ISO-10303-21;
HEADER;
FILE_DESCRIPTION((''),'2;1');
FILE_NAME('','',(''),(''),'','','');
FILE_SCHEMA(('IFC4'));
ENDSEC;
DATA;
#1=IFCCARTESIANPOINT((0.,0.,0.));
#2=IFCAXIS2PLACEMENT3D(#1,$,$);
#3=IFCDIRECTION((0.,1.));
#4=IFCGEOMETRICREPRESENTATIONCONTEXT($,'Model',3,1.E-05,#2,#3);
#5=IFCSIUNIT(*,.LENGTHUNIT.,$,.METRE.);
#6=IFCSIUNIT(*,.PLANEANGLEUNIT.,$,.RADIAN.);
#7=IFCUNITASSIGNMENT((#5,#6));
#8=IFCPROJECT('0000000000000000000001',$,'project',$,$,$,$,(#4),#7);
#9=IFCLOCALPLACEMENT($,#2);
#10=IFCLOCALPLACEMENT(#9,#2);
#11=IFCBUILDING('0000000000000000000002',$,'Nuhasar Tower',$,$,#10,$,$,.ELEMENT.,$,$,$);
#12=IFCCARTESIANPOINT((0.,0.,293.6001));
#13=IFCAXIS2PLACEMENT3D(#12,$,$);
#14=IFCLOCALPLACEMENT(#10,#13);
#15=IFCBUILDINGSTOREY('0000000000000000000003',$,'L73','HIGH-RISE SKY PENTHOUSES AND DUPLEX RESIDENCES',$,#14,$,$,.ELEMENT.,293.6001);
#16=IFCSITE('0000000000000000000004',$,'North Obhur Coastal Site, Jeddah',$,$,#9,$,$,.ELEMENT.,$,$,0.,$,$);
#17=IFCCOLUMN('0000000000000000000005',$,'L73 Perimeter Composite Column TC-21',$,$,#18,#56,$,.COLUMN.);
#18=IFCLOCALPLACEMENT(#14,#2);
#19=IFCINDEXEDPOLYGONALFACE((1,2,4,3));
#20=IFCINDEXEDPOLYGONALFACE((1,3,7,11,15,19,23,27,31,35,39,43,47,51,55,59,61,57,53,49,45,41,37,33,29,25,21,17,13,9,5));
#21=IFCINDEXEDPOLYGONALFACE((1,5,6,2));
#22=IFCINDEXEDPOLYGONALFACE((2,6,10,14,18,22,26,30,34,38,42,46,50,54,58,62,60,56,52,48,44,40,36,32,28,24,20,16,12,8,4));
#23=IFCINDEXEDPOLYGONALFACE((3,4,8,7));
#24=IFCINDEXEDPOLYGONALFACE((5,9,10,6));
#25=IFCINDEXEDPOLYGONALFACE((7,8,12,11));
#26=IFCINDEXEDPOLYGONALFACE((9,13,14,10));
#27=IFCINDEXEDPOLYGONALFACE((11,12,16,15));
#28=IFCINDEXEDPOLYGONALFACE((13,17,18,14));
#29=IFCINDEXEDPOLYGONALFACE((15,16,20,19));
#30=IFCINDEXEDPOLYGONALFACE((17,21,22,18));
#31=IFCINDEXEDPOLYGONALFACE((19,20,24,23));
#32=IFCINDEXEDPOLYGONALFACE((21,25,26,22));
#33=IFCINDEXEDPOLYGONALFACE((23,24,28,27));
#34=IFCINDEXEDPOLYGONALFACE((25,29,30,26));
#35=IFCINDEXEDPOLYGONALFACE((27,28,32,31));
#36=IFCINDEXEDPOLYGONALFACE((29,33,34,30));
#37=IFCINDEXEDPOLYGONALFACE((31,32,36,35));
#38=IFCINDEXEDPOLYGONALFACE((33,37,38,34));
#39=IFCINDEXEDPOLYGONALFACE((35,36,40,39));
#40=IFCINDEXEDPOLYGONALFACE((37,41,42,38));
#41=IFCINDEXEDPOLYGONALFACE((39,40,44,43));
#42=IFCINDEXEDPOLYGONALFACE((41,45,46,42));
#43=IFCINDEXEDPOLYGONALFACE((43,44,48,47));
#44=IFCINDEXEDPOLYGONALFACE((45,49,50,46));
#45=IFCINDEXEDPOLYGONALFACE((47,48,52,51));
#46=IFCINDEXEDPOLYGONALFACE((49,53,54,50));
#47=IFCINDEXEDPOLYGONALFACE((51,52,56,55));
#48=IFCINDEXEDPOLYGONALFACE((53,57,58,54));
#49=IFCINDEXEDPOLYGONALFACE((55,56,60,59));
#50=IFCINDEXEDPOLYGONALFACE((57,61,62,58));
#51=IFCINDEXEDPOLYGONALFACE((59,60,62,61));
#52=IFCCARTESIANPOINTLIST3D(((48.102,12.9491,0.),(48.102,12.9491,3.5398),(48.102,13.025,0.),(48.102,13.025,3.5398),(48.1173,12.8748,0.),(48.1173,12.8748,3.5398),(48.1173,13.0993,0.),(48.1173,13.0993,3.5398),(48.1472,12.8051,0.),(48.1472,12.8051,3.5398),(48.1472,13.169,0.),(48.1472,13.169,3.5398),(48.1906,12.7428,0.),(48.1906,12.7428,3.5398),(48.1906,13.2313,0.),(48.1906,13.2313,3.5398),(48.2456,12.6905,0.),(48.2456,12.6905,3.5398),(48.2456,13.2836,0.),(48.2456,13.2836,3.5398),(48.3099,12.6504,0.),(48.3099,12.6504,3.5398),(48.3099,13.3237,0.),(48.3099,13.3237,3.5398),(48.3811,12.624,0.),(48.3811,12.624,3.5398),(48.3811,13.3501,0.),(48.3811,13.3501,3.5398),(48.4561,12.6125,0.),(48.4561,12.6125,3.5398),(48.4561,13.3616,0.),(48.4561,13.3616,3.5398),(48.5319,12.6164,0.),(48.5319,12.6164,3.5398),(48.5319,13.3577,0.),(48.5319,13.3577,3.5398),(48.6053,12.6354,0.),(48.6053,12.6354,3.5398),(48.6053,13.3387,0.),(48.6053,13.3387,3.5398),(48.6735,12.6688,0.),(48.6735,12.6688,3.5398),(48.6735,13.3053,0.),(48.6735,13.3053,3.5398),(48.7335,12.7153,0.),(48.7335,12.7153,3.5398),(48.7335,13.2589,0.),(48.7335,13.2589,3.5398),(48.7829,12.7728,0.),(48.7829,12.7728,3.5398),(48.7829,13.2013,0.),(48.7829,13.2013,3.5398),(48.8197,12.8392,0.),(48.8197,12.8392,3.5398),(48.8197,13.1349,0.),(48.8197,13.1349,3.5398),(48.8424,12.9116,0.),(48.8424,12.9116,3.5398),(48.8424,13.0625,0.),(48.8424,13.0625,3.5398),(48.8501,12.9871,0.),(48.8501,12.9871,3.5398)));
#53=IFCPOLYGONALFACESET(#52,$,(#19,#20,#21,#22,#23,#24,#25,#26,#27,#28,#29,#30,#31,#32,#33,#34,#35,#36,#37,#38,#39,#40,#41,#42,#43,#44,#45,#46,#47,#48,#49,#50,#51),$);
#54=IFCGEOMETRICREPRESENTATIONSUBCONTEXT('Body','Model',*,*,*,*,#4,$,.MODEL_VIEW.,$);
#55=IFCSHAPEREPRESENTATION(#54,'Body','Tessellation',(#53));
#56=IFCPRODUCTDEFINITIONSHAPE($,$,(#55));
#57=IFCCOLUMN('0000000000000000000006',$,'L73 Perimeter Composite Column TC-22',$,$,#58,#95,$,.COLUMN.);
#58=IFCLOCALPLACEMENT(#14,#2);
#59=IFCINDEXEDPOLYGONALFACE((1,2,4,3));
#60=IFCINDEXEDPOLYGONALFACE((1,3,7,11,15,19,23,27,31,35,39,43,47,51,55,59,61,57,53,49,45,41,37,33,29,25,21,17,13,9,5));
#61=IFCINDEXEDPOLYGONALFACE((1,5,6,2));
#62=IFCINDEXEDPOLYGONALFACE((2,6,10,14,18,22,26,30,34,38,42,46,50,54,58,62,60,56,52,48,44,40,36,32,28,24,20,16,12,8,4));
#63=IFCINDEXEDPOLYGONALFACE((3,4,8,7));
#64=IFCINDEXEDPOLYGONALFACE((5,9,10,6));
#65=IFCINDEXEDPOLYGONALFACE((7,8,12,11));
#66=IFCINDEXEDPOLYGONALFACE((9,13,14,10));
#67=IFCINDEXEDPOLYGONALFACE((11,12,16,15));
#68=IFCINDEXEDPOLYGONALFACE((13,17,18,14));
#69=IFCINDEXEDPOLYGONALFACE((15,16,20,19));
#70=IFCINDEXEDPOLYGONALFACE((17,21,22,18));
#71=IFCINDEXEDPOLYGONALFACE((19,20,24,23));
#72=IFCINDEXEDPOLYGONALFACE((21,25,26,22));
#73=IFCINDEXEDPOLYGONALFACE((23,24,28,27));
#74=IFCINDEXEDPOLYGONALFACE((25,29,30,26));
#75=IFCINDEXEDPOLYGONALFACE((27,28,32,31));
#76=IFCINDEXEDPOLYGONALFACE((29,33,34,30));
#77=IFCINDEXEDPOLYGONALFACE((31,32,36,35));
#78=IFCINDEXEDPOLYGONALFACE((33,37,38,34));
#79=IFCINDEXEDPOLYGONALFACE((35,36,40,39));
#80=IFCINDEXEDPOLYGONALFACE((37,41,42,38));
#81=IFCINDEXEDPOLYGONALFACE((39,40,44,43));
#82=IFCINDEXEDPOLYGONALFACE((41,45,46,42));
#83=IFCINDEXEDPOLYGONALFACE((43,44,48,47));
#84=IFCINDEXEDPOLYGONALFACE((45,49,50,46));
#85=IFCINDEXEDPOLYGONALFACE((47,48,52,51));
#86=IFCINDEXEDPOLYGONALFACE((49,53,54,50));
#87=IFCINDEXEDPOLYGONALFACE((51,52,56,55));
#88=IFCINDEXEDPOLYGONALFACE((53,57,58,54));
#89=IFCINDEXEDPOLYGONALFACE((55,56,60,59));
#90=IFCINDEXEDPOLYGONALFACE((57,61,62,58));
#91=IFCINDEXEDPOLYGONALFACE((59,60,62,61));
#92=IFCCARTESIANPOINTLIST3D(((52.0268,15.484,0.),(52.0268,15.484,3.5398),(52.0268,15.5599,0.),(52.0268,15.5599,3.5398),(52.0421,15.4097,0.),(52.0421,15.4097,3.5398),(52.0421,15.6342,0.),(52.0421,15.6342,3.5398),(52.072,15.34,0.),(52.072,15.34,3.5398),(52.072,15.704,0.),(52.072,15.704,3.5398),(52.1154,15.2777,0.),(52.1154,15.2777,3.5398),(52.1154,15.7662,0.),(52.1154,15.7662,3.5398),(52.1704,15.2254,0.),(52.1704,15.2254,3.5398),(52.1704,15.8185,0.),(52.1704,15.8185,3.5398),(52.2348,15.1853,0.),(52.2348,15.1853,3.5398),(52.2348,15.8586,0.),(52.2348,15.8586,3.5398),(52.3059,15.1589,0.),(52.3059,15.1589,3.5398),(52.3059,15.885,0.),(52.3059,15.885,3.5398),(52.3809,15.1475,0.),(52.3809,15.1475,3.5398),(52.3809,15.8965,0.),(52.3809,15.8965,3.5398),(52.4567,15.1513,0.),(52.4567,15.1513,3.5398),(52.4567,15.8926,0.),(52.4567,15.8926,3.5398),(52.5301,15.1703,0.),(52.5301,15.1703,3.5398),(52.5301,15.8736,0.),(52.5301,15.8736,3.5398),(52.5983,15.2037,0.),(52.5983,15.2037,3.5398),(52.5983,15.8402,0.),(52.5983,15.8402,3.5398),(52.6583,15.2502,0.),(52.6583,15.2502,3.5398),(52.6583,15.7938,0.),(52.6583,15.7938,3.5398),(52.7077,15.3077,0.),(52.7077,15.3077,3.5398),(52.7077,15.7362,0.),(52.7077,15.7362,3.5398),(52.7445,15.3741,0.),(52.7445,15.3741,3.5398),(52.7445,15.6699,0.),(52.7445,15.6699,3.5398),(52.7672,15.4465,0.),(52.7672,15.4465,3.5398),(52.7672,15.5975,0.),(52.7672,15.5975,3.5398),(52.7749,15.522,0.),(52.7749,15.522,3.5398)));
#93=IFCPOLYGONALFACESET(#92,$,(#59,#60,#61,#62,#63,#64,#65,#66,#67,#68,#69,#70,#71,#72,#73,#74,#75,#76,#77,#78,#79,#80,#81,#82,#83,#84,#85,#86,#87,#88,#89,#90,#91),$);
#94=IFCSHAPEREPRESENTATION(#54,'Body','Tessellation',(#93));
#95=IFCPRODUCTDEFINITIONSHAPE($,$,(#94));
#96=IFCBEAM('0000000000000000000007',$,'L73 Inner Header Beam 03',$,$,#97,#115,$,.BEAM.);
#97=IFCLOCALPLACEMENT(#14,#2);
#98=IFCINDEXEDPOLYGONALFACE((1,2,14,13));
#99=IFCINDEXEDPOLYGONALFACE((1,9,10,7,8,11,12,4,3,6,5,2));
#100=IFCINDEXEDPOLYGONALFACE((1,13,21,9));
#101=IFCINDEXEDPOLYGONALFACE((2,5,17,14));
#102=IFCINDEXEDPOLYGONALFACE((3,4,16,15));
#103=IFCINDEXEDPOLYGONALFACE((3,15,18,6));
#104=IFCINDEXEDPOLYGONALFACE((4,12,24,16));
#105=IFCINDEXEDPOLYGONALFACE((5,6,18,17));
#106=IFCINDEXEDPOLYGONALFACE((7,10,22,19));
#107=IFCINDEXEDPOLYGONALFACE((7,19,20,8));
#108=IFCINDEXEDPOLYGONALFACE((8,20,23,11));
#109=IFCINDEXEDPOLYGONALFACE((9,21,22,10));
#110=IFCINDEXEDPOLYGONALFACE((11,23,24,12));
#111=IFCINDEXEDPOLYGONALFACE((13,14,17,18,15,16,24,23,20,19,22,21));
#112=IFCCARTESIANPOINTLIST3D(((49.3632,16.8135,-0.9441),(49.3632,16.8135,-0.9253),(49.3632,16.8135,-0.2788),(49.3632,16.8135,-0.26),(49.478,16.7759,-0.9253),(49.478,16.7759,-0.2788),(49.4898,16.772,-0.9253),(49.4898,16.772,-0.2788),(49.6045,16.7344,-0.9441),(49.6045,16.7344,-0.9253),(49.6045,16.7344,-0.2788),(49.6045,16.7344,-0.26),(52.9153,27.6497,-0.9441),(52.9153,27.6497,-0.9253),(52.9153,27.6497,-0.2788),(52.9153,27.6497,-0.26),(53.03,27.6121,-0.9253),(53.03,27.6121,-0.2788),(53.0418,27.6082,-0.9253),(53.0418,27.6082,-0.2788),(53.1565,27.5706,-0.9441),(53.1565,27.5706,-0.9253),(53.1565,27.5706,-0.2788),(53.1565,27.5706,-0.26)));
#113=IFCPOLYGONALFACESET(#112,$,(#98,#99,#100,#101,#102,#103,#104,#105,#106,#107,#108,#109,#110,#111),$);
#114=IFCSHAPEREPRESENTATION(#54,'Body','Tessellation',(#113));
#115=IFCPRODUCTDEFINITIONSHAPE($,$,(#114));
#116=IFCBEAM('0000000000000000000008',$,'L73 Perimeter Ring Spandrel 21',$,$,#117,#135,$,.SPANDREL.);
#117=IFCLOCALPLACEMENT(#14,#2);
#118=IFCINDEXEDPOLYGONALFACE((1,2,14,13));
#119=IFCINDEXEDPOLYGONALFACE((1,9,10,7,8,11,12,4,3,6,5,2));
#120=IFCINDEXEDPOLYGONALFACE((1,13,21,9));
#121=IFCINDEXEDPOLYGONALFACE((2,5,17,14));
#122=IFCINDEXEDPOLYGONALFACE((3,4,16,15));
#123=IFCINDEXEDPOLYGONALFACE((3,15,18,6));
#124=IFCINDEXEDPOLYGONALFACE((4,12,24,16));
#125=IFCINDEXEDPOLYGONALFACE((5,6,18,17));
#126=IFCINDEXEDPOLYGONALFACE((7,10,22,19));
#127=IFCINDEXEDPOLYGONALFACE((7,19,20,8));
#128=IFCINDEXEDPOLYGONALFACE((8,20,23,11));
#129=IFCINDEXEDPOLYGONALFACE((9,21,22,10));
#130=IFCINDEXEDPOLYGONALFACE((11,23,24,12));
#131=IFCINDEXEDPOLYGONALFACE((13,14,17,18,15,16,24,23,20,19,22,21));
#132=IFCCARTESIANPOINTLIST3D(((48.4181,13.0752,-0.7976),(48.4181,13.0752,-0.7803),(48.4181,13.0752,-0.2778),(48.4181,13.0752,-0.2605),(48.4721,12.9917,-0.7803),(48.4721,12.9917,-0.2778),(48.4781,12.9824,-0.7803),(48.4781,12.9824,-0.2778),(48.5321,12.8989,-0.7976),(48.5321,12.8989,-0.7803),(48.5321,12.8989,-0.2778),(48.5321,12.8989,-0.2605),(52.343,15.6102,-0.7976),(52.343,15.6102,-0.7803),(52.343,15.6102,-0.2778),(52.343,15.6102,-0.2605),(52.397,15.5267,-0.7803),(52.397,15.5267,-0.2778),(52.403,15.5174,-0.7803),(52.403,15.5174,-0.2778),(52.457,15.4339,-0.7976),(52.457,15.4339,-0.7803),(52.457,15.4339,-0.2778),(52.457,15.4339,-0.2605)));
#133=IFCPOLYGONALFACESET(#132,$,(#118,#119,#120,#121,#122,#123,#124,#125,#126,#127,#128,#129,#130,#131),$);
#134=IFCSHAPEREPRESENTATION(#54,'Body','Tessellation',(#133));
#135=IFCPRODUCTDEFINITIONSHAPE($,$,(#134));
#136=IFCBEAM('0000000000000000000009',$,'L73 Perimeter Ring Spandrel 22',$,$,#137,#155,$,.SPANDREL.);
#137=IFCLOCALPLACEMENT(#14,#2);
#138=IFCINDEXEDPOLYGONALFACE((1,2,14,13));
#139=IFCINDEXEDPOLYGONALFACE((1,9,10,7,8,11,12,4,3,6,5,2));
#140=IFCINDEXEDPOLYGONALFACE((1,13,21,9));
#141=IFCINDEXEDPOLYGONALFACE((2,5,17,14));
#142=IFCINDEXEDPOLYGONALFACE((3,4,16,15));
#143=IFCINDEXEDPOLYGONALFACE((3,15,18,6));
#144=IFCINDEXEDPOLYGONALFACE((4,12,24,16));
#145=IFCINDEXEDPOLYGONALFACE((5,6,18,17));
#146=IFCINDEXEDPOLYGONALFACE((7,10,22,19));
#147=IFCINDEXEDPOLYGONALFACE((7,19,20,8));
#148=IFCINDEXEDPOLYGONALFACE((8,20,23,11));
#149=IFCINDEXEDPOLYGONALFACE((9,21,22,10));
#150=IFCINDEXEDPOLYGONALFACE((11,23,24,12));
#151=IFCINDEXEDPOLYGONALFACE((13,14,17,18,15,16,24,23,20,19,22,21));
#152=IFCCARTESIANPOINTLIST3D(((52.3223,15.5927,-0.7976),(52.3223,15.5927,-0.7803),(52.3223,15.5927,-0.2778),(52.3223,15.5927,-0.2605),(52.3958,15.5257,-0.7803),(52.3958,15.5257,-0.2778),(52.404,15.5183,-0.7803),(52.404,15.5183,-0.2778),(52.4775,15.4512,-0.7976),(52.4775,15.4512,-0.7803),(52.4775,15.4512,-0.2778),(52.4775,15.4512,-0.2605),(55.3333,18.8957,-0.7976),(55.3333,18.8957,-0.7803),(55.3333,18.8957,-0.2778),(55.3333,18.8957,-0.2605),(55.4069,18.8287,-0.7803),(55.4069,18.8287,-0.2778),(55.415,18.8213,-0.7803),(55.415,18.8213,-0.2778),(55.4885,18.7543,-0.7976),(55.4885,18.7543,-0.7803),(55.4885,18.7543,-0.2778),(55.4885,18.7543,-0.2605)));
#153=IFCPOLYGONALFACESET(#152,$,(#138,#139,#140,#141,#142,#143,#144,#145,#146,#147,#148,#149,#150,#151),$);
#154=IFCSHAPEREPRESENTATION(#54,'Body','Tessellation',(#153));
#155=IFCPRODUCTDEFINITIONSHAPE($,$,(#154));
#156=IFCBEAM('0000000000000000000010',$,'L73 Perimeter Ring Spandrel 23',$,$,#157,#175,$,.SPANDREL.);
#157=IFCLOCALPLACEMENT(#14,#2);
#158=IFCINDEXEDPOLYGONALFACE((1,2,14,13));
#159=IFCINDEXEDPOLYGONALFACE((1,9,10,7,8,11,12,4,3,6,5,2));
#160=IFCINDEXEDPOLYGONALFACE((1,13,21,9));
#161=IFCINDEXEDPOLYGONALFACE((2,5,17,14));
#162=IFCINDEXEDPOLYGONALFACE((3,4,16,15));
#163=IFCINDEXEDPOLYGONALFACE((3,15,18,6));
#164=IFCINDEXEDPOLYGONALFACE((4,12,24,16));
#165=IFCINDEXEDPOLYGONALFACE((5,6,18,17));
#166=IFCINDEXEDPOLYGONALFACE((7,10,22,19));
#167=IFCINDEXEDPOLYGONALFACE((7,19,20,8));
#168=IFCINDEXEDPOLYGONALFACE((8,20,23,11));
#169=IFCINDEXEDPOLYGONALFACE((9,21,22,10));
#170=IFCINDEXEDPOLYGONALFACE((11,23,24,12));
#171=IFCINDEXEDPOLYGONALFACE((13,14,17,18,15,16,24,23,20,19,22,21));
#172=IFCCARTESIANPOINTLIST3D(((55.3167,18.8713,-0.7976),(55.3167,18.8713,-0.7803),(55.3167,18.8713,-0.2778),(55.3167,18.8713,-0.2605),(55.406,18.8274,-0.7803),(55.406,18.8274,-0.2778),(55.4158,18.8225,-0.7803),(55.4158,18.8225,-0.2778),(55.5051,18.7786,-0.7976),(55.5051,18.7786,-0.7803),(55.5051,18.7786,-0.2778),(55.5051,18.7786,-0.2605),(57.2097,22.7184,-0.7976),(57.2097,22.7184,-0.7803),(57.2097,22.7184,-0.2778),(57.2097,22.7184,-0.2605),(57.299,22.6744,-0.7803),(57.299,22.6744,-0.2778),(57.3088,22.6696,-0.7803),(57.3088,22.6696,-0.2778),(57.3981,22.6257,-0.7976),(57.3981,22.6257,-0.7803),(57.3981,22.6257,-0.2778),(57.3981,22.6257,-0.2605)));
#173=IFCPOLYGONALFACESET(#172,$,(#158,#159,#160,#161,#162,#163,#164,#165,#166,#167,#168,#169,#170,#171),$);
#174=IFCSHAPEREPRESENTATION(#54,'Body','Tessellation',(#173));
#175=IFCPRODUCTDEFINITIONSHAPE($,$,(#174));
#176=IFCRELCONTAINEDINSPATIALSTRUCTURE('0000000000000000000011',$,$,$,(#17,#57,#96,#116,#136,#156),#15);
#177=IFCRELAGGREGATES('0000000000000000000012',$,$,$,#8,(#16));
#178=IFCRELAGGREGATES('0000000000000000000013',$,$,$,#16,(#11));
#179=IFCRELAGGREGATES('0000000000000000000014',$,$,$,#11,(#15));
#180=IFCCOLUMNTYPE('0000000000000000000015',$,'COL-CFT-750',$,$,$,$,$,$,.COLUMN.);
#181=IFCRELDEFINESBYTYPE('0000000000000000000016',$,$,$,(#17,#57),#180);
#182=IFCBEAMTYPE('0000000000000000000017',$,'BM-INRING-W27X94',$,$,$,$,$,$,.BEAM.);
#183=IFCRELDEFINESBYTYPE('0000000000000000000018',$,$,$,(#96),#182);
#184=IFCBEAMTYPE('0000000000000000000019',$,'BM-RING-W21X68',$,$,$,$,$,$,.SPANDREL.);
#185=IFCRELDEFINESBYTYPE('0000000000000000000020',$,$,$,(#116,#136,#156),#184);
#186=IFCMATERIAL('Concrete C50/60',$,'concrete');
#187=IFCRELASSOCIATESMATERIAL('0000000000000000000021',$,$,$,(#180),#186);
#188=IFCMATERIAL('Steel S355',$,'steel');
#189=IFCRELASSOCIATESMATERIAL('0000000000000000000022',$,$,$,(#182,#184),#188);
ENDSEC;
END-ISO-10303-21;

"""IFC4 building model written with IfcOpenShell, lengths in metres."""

from ifc_helpers import new_model, si_unit, direction, frame, origin, origin_2d, place, context, subcontext, project, spatial, circle, i_section, extrude, material, material_profile, profile_set, type_object, element, save


model = new_model("IFC4")

# Units and contexts
model_context = context("Model", 3, precision=1e-05, world=origin(), true_north=direction((0.0, 1.0)))
body_context = subcontext(model_context, "Body", "Model", "MODEL_VIEW")
ifc_project = project(units=[si_unit("LENGTHUNIT", "METRE"), si_unit("PLANEANGLEUNIT", "RADIAN")], contexts=[model_context])

# Site, building, storey
site_placement = place(None, origin())
site = spatial("IfcSite", under=ifc_project, at=site_placement, Name="North Obhur Coastal Site, Jeddah", CompositionType="ELEMENT", RefElevation=0.0)
building_placement = place(site_placement, origin())
building = spatial("IfcBuilding", under=site, at=building_placement, Name="Nuhasar Tower", CompositionType="ELEMENT")
storey_placement = place(building_placement, frame((0.0, 0.0, 293.6001)))
storey = spatial("IfcBuildingStorey", under=building, at=storey_placement, Name="L73", Description="HIGH-RISE SKY PENTHOUSES AND DUPLEX RESIDENCES", CompositionType="ELEMENT", Elevation=293.6001)

# Columns
ifc_material_1 = material(Name="Concrete C50/60", Category="concrete")
ifc_material_profile_1 = material_profile(ifc_material_1, circle(Radius=0.375, at=origin_2d()), Name="CFT750")
ifc_profile_set_1 = profile_set([ifc_material_profile_1], Name="Concrete C50/60")
column_type = type_object("IfcColumnType", Name="COL-CFT-750", PredefinedType="COLUMN", material=ifc_profile_set_1)
for number, where, z_axis, x_axis, name in (
    (1, (48.4751, 12.9871, 0.0), (0.0, 0.0, 1.0), (1.0, 0.0, 0.0), "L73 Perimeter Composite Column TC-21"),
    (2, (52.3999, 15.522, 0.0), (0.0, 0.0, 1.0), (1.0, 0.0, 0.0), "L73 Perimeter Composite Column TC-22"),
):
    element("IfcColumn", number, at=place(storey_placement, frame(where, z_axis=z_axis, x_axis=x_axis)), inside=storey, type_object=column_type, Name=name, PredefinedType="COLUMN", context=body_context, shape_type="SweptSolid", body=[
        extrude(circle(Radius=0.375, at=origin_2d()), origin(), (0.0, 0.0, 1.0), 3.5398),
    ])

# Beams
ifc_material_2 = material(Name="Steel S355", Category="steel")
ifc_material_profile_2 = material_profile(ifc_material_2, i_section(OverallWidth=0.2539, OverallDepth=0.6841, WebThickness=0.0125, FlangeThickness=0.0188, at=origin_2d()), Name="W27X94")
ifc_profile_set_2 = profile_set([ifc_material_profile_2], Name="Steel S355")
beam_type_1 = type_object("IfcBeamType", Name="BM-INRING-W27X94", PredefinedType="BEAM", material=ifc_profile_set_2)
beam_1_placement = place(storey_placement, frame((49.4839, 16.7739, -0.6021), z_axis=(0.311484, 0.950251, 0.0), x_axis=(-0.950251, 0.311484, 0.0)))
element("IfcBeam", 3, at=beam_1_placement, inside=storey, type_object=beam_type_1, Name="L73 Inner Header Beam 03", PredefinedType="BEAM", context=body_context, shape_type="SweptSolid", body=[
    extrude(i_section(OverallWidth=0.2539, OverallDepth=0.6841, WebThickness=0.0125, FlangeThickness=0.0188, at=origin_2d()), origin(), (0.0, 0.0, 1.0), 11.4036),
])
ifc_material_profile_3 = material_profile(ifc_material_2, i_section(OverallWidth=0.21, OverallDepth=0.5371, WebThickness=0.011, FlangeThickness=0.0173, at=origin_2d()), Name="W21X68")
ifc_profile_set_3 = profile_set([ifc_material_profile_3], Name="Steel S355")
beam_type_2 = type_object("IfcBeamType", Name="BM-RING-W21X68", PredefinedType="SPANDREL", material=ifc_profile_set_3)
beam_2_placement = place(storey_placement, frame((48.4751, 12.9871, -0.5291), z_axis=(0.840025, 0.542547, 0.0), x_axis=(-0.542547, 0.840025, 0.0)))
element("IfcBeam", 4, at=beam_2_placement, inside=storey, type_object=beam_type_2, Name="L73 Perimeter Ring Spandrel 21", PredefinedType="SPANDREL", context=body_context, shape_type="SweptSolid", body=[
    extrude(i_section(OverallWidth=0.21, OverallDepth=0.5371, WebThickness=0.011, FlangeThickness=0.0173, at=origin_2d()), origin(), (0.0, 0.0, 1.0), 4.6724),
])
beam_3_placement = place(storey_placement, frame((52.3999, 15.522, -0.5291), z_axis=(0.673686, 0.739017, 0.0), x_axis=(-0.739017, 0.673686, 0.0)))
element("IfcBeam", 5, at=beam_3_placement, inside=storey, type_object=beam_type_2, Name="L73 Perimeter Ring Spandrel 22", PredefinedType="SPANDREL", context=body_context, shape_type="SweptSolid", body=[
    extrude(i_section(OverallWidth=0.21, OverallDepth=0.5371, WebThickness=0.011, FlangeThickness=0.0173, at=origin_2d()), origin(), (0.0, 0.0, 1.0), 4.4695),
])
beam_4_placement = place(storey_placement, frame((55.4109, 18.825, -0.5291), z_axis=(0.441511, 0.897256, 0.0), x_axis=(-0.897256, 0.441511, 0.0)))
element("IfcBeam", 6, at=beam_4_placement, inside=storey, type_object=beam_type_2, Name="L73 Perimeter Ring Spandrel 23", PredefinedType="SPANDREL", context=body_context, shape_type="SweptSolid", body=[
    extrude(i_section(OverallWidth=0.21, OverallDepth=0.5371, WebThickness=0.011, FlangeThickness=0.0173, at=origin_2d()), origin(), (0.0, 0.0, 1.0), 4.2876),
])

save(model, "model.ifc")
